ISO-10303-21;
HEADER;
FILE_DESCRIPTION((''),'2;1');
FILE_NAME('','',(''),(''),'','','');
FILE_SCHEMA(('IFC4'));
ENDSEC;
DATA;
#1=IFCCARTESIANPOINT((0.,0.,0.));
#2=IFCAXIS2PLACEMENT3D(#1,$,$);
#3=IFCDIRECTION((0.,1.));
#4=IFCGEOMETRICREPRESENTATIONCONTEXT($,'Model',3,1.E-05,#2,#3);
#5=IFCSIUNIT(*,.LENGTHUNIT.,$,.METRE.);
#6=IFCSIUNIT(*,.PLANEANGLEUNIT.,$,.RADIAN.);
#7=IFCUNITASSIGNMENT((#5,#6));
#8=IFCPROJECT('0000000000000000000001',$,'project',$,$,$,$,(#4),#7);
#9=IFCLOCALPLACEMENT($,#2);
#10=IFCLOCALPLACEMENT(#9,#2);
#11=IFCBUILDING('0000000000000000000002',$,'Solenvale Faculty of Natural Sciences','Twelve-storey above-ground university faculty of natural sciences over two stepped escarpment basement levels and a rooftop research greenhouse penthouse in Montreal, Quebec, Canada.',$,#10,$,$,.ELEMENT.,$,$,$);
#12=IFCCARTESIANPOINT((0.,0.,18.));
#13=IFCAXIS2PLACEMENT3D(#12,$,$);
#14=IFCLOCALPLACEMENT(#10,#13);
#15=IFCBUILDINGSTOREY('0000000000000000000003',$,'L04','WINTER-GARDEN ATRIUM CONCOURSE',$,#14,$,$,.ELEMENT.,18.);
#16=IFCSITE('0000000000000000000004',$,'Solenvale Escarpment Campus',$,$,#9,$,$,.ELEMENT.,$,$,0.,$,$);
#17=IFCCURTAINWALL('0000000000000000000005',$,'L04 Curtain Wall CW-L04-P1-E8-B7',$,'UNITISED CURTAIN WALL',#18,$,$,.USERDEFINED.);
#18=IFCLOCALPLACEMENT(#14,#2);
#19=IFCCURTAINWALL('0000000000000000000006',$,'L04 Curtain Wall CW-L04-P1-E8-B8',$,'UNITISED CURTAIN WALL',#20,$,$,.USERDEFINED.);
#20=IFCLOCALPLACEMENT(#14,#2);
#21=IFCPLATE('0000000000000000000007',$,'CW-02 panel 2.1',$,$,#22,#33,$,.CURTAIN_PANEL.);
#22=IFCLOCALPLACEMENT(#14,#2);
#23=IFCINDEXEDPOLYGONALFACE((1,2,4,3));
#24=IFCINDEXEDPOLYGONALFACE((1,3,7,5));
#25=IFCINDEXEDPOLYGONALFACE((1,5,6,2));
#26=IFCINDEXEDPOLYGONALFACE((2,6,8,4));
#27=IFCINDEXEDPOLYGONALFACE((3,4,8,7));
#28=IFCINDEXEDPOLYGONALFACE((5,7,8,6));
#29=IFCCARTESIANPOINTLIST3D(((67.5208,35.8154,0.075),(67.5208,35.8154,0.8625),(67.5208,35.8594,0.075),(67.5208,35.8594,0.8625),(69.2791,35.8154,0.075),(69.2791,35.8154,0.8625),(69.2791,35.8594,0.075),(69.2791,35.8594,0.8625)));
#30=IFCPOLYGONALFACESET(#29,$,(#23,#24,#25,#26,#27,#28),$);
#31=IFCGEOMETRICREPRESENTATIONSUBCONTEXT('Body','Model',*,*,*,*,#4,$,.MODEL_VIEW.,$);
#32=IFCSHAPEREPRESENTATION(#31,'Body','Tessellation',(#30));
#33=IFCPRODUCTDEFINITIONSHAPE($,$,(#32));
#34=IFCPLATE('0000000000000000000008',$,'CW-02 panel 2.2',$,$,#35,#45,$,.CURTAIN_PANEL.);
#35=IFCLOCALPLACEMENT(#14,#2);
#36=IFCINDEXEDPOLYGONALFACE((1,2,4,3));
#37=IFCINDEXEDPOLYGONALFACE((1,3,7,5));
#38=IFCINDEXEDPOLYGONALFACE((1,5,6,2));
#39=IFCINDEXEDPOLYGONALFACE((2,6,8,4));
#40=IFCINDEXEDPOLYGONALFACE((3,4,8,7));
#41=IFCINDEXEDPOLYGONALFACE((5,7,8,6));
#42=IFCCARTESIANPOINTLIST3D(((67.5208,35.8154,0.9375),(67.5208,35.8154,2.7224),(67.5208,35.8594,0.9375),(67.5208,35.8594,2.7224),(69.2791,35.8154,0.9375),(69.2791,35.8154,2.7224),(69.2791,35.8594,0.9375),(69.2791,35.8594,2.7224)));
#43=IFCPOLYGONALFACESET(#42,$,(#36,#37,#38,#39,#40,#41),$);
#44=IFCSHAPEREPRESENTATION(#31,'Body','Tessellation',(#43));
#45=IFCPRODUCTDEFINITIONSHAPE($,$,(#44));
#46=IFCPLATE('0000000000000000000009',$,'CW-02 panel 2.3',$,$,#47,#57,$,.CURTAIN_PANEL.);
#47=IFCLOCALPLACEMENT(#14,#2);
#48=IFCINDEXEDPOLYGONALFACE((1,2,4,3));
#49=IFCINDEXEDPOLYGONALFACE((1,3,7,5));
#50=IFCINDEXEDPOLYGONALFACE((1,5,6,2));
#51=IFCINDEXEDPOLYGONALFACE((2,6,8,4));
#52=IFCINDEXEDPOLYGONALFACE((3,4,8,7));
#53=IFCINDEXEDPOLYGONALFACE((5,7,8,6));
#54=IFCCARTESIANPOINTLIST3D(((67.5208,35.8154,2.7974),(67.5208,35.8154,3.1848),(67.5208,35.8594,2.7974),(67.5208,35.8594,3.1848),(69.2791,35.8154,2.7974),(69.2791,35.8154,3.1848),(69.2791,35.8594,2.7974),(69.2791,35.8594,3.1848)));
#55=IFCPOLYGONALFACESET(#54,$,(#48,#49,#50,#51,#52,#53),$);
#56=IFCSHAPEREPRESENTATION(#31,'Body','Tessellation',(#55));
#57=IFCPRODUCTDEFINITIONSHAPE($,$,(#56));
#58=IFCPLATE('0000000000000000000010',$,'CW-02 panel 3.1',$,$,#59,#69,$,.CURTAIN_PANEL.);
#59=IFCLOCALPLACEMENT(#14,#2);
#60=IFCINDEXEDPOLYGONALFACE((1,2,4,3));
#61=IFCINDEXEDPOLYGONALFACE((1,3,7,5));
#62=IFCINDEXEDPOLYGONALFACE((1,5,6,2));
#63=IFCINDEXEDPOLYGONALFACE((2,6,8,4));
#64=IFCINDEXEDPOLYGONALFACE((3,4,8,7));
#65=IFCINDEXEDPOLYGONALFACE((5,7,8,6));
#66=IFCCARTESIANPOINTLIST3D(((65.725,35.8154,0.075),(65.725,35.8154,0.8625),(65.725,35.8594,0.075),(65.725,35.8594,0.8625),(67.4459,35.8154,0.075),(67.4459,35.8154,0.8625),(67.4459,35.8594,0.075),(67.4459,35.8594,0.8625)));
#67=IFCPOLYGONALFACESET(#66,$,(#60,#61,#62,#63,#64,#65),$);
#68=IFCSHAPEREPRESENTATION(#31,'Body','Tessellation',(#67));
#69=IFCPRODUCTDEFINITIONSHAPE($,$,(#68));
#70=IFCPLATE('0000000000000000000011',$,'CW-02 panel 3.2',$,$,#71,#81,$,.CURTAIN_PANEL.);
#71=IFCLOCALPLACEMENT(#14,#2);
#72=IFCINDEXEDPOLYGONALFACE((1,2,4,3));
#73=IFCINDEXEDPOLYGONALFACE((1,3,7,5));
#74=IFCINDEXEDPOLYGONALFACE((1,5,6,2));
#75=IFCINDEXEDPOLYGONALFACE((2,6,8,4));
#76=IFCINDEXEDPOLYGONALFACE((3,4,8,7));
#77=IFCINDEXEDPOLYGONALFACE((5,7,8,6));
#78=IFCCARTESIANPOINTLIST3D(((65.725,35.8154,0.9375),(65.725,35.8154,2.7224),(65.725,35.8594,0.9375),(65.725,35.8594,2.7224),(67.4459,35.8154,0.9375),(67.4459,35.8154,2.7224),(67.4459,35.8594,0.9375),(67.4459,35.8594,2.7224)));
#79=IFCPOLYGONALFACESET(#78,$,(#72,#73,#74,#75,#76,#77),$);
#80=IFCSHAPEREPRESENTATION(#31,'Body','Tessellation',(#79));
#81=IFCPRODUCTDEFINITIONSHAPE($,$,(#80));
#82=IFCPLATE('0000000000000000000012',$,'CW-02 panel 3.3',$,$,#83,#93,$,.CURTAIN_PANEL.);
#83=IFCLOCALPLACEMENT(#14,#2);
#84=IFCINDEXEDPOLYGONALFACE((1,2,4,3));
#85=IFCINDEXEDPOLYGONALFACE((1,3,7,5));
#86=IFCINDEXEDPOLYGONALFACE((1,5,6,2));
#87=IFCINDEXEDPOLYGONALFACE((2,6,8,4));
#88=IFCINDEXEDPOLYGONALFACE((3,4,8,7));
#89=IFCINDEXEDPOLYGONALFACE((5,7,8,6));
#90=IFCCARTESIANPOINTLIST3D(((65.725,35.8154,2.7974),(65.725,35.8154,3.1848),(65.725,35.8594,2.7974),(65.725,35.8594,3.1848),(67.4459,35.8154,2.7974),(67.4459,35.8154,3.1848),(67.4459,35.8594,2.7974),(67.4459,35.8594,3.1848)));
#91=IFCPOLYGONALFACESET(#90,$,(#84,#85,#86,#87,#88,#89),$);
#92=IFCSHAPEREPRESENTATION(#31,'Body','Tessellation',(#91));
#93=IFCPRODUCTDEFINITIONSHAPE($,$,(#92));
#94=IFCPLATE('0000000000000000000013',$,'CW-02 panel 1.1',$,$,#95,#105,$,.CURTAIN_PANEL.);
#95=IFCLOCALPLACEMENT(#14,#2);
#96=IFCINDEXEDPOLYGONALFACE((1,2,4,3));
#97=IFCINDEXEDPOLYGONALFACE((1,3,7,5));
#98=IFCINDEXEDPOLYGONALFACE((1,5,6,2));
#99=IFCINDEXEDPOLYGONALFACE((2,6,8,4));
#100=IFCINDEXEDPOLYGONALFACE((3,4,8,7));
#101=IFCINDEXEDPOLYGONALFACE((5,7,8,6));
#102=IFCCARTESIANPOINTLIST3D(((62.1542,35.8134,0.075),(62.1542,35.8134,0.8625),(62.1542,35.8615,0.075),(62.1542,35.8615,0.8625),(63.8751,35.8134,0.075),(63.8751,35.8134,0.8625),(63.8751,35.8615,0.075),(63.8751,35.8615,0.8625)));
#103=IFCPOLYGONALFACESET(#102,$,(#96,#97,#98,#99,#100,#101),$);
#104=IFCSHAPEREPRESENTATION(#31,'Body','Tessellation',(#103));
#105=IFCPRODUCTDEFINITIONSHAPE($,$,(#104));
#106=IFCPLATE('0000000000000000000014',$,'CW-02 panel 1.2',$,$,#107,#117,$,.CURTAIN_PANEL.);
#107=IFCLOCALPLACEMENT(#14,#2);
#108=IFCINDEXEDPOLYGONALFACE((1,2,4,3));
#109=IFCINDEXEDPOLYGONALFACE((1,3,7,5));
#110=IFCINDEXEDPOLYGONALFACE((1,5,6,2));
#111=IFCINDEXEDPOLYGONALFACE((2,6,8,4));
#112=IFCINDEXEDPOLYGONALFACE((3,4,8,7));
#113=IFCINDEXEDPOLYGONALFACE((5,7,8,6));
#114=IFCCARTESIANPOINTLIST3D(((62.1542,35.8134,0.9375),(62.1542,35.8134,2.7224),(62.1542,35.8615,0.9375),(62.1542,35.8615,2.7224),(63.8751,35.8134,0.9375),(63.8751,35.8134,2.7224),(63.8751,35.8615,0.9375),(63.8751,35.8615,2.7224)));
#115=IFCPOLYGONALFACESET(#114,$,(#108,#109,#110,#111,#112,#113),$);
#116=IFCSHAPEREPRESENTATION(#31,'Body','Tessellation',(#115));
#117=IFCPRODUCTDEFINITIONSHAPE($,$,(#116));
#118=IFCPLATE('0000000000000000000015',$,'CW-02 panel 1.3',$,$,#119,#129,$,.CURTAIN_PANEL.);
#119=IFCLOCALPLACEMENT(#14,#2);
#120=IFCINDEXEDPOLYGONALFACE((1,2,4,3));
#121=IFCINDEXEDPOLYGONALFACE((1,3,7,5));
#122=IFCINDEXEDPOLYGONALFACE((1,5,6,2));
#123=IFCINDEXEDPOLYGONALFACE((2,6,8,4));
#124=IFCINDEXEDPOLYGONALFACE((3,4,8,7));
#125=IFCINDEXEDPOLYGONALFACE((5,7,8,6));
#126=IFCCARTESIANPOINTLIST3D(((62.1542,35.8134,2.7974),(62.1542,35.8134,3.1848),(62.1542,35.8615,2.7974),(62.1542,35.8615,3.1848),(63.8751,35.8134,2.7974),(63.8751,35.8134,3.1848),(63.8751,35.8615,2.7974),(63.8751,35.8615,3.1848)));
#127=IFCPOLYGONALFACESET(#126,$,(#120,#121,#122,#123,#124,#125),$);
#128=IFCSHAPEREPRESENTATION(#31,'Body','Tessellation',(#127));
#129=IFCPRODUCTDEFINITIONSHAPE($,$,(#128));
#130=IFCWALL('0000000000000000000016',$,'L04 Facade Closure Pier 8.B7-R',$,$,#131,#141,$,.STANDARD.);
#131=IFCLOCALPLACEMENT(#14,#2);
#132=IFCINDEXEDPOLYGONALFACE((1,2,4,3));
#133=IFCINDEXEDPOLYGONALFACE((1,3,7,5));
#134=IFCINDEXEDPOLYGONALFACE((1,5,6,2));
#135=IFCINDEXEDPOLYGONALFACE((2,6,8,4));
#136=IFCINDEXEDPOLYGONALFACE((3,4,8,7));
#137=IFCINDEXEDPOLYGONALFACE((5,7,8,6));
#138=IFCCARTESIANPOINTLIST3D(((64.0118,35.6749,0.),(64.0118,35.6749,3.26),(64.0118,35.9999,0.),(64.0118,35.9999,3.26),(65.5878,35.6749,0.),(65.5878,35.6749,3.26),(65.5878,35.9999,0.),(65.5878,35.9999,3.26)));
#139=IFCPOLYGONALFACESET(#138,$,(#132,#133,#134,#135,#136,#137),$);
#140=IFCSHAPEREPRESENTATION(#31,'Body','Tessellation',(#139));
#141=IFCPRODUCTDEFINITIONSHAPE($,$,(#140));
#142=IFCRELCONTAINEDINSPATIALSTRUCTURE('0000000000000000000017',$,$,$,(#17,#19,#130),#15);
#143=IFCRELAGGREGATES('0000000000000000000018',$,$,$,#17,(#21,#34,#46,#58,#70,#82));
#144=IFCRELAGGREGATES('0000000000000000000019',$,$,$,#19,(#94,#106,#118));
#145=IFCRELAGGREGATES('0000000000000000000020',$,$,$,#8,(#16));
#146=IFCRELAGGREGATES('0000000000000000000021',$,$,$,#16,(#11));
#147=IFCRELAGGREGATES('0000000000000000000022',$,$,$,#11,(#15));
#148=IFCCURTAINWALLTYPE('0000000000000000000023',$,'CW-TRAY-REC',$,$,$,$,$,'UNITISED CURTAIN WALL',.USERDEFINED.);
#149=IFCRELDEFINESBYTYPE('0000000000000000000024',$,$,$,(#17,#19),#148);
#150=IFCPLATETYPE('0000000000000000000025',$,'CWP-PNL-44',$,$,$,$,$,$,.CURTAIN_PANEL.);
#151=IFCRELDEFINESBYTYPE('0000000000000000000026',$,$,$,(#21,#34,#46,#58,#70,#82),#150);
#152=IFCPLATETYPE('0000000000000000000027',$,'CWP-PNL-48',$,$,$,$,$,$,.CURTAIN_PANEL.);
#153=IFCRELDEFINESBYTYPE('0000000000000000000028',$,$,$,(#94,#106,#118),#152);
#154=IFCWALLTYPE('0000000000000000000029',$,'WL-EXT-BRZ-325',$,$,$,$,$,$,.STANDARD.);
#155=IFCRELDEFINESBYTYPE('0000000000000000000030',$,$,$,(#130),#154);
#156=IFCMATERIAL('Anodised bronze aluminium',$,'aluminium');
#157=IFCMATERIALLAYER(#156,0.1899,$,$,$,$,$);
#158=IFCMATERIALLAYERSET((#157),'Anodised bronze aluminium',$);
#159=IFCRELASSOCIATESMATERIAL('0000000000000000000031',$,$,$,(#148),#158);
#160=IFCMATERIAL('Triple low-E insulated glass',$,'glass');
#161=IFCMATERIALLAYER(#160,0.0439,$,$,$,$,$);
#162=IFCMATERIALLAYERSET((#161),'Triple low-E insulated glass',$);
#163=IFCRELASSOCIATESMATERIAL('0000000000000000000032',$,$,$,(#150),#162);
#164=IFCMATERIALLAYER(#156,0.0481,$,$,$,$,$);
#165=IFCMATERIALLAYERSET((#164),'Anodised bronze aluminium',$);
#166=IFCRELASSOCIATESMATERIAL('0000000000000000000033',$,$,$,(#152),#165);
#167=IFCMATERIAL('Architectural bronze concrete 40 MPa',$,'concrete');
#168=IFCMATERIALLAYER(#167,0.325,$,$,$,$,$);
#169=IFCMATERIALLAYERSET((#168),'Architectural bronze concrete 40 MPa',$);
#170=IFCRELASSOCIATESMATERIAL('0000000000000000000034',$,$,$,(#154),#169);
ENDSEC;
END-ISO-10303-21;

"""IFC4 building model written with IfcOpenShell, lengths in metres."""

from ifc_helpers import new_model, si_unit, direction, frame, frame_2d, origin, origin_2d, place, context, subcontext, project, spatial, rectangle, extrude, material, layer, layer_set, type_object, element, aggregate, save


model = new_model("IFC4")

# Units and contexts
model_context = context("Model", 3, precision=1e-05, world=origin(), true_north=direction((0.0, 1.0)))
body_context = subcontext(model_context, "Body", "Model", "MODEL_VIEW")
ifc_project = project(units=[si_unit("LENGTHUNIT", "METRE"), si_unit("PLANEANGLEUNIT", "RADIAN")], contexts=[model_context])

# Site, building, storey
site_placement = place(None, origin())
site = spatial("IfcSite", under=ifc_project, at=site_placement, Name="Solenvale Escarpment Campus", CompositionType="ELEMENT", RefElevation=0.0)
building_placement = place(site_placement, origin())
building = spatial("IfcBuilding", under=site, at=building_placement, Name="Solenvale Faculty of Natural Sciences", Description="Twelve-storey above-ground university faculty of natural sciences over two stepped escarpment basement levels and a rooftop research greenhouse penthouse in Montreal, Quebec, Canada.", CompositionType="ELEMENT")
storey_placement = place(building_placement, frame((0.0, 0.0, 18.0)))
storey = spatial("IfcBuildingStorey", under=building, at=storey_placement, Name="L04", Description="WINTER-GARDEN ATRIUM CONCOURSE", CompositionType="ELEMENT", Elevation=18.0)

# Curtain walls
ifc_material_1 = material(Name="Anodised bronze aluminium", Category="aluminium")
ifc_layer_1 = layer(ifc_material_1, 0.1899)
ifc_layer_set_1 = layer_set([ifc_layer_1], Name="Anodised bronze aluminium")
curtain_wall_type = type_object("IfcCurtainWallType", Name="CW-TRAY-REC", ElementType="UNITISED CURTAIN WALL", PredefinedType="USERDEFINED", material=ifc_layer_set_1)
curtain_wall_1_placement = place(storey_placement, origin())
curtain_wall_1 = element("IfcCurtainWall", 1, at=curtain_wall_1_placement, inside=storey, type_object=curtain_wall_type, Name="L04 Curtain Wall CW-L04-P1-E8-B7", ObjectType="UNITISED CURTAIN WALL", PredefinedType="USERDEFINED")
curtain_wall_2_placement = place(storey_placement, origin())
curtain_wall_2 = element("IfcCurtainWall", 2, at=curtain_wall_2_placement, inside=storey, type_object=curtain_wall_type, Name="L04 Curtain Wall CW-L04-P1-E8-B8", ObjectType="UNITISED CURTAIN WALL", PredefinedType="USERDEFINED")

# Plates
ifc_material_2 = material(Name="Triple low-E insulated glass", Category="glass")
ifc_layer_2 = layer(ifc_material_2, 0.0439)
ifc_layer_set_2 = layer_set([ifc_layer_2], Name="Triple low-E insulated glass")
plate_type_1 = type_object("IfcPlateType", Name="CWP-PNL-44", PredefinedType="CURTAIN_PANEL", material=ifc_layer_set_2)
plate_1_placement = place(storey_placement, frame((68.3999, 35.8374, 0.075), z_axis=(0.0, 0.0, 1.0), x_axis=(-1.0, 0.0, 0.0)))
plate_1 = element("IfcPlate", 3, at=plate_1_placement, type_object=plate_type_1, Name="CW-02 panel 2.1", PredefinedType="CURTAIN_PANEL", context=body_context, shape_type="SweptSolid", body=[
    extrude(rectangle(XDim=1.7583, YDim=0.0439, at=origin_2d()), origin(), (0.0, 0.0, 1.0), 0.7876),
])
plate_2_placement = place(storey_placement, frame((68.3999, 35.8374, 0.9375), z_axis=(0.0, 0.0, 1.0), x_axis=(-1.0, 0.0, 0.0)))
plate_2 = element("IfcPlate", 4, at=plate_2_placement, type_object=plate_type_1, Name="CW-02 panel 2.2", PredefinedType="CURTAIN_PANEL", context=body_context, shape_type="SweptSolid", body=[
    extrude(rectangle(XDim=1.7583, YDim=0.0439, at=origin_2d()), origin(), (0.0, 0.0, 1.0), 1.7849),
])
plate_3_placement = place(storey_placement, frame((68.3999, 35.8374, 2.7974), z_axis=(0.0, 0.0, 1.0), x_axis=(-1.0, 0.0, 0.0)))
plate_3 = element("IfcPlate", 5, at=plate_3_placement, type_object=plate_type_1, Name="CW-02 panel 2.3", PredefinedType="CURTAIN_PANEL", context=body_context, shape_type="SweptSolid", body=[
    extrude(rectangle(XDim=1.7583, YDim=0.0439, at=origin_2d()), origin(), (0.0, 0.0, 1.0), 0.3875),
])
plate_4_placement = place(storey_placement, frame((66.5854, 35.8374, 0.075), z_axis=(0.0, 0.0, 1.0), x_axis=(-1.0, 0.0, 0.0)))
plate_4 = element("IfcPlate", 6, at=plate_4_placement, type_object=plate_type_1, Name="CW-02 panel 3.1", PredefinedType="CURTAIN_PANEL", context=body_context, shape_type="SweptSolid", body=[
    extrude(rectangle(XDim=1.7209, YDim=0.0439, at=origin_2d()), origin(), (0.0, 0.0, 1.0), 0.7876),
])
plate_5_placement = place(storey_placement, frame((66.5854, 35.8374, 0.9375), z_axis=(0.0, 0.0, 1.0), x_axis=(-1.0, 0.0, 0.0)))
plate_5 = element("IfcPlate", 7, at=plate_5_placement, type_object=plate_type_1, Name="CW-02 panel 3.2", PredefinedType="CURTAIN_PANEL", context=body_context, shape_type="SweptSolid", body=[
    extrude(rectangle(XDim=1.7209, YDim=0.0439, at=origin_2d()), origin(), (0.0, 0.0, 1.0), 1.7849),
])
plate_6_placement = place(storey_placement, frame((66.5854, 35.8374, 2.7974), z_axis=(0.0, 0.0, 1.0), x_axis=(-1.0, 0.0, 0.0)))
plate_6 = element("IfcPlate", 8, at=plate_6_placement, type_object=plate_type_1, Name="CW-02 panel 3.3", PredefinedType="CURTAIN_PANEL", context=body_context, shape_type="SweptSolid", body=[
    extrude(rectangle(XDim=1.7209, YDim=0.0439, at=origin_2d()), origin(), (0.0, 0.0, 1.0), 0.3875),
])
aggregate(curtain_wall_1, [plate_1, plate_2, plate_3, plate_4, plate_5, plate_6])
ifc_layer_3 = layer(ifc_material_1, 0.0481)
ifc_layer_set_3 = layer_set([ifc_layer_3], Name="Anodised bronze aluminium")
plate_type_2 = type_object("IfcPlateType", Name="CWP-PNL-48", PredefinedType="CURTAIN_PANEL", material=ifc_layer_set_3)
plate_7_placement = place(storey_placement, frame((63.0146, 35.8374, 0.075), z_axis=(0.0, 0.0, 1.0), x_axis=(-1.0, 0.0, 0.0)))
plate_7 = element("IfcPlate", 9, at=plate_7_placement, type_object=plate_type_2, Name="CW-02 panel 1.1", PredefinedType="CURTAIN_PANEL", context=body_context, shape_type="SweptSolid", body=[
    extrude(rectangle(XDim=1.7209, YDim=0.0481, at=origin_2d()), origin(), (0.0, 0.0, 1.0), 0.7876),
])
plate_8_placement = place(storey_placement, frame((63.0146, 35.8374, 0.9375), z_axis=(0.0, 0.0, 1.0), x_axis=(-1.0, 0.0, 0.0)))
plate_8 = element("IfcPlate", 10, at=plate_8_placement, type_object=plate_type_2, Name="CW-02 panel 1.2", PredefinedType="CURTAIN_PANEL", context=body_context, shape_type="SweptSolid", body=[
    extrude(rectangle(XDim=1.7209, YDim=0.0481, at=origin_2d()), origin(), (0.0, 0.0, 1.0), 1.7849),
])
plate_9_placement = place(storey_placement, frame((63.0146, 35.8374, 2.7974), z_axis=(0.0, 0.0, 1.0), x_axis=(-1.0, 0.0, 0.0)))
plate_9 = element("IfcPlate", 11, at=plate_9_placement, type_object=plate_type_2, Name="CW-02 panel 1.3", PredefinedType="CURTAIN_PANEL", context=body_context, shape_type="SweptSolid", body=[
    extrude(rectangle(XDim=1.7209, YDim=0.0481, at=origin_2d()), origin(), (0.0, 0.0, 1.0), 0.3875),
])
aggregate(curtain_wall_2, [plate_7, plate_8, plate_9])

# Wall
ifc_material_3 = material(Name="Architectural bronze concrete 40 MPa", Category="concrete")
ifc_layer_4 = layer(ifc_material_3, 0.325)
ifc_layer_set_4 = layer_set([ifc_layer_4], Name="Architectural bronze concrete 40 MPa")
wall_type = type_object("IfcWallType", Name="WL-EXT-BRZ-325", PredefinedType="STANDARD", material=ifc_layer_set_4)
wall_placement = place(storey_placement, frame((65.5879, 35.8374, 0.0), z_axis=(0.0, 0.0, 1.0), x_axis=(-1.0, 0.0, 0.0)))
element("IfcWall", 12, at=wall_placement, inside=storey, type_object=wall_type, Name="L04 Facade Closure Pier 8.B7-R", PredefinedType="STANDARD", context=body_context, shape_type="SweptSolid", body=[
    extrude(rectangle(XDim=1.5759, YDim=0.325, at=frame_2d((0.7881, 0.0))), origin(), (0.0, 0.0, 1.0), 3.26),
])

save(model, "model.ifc")
